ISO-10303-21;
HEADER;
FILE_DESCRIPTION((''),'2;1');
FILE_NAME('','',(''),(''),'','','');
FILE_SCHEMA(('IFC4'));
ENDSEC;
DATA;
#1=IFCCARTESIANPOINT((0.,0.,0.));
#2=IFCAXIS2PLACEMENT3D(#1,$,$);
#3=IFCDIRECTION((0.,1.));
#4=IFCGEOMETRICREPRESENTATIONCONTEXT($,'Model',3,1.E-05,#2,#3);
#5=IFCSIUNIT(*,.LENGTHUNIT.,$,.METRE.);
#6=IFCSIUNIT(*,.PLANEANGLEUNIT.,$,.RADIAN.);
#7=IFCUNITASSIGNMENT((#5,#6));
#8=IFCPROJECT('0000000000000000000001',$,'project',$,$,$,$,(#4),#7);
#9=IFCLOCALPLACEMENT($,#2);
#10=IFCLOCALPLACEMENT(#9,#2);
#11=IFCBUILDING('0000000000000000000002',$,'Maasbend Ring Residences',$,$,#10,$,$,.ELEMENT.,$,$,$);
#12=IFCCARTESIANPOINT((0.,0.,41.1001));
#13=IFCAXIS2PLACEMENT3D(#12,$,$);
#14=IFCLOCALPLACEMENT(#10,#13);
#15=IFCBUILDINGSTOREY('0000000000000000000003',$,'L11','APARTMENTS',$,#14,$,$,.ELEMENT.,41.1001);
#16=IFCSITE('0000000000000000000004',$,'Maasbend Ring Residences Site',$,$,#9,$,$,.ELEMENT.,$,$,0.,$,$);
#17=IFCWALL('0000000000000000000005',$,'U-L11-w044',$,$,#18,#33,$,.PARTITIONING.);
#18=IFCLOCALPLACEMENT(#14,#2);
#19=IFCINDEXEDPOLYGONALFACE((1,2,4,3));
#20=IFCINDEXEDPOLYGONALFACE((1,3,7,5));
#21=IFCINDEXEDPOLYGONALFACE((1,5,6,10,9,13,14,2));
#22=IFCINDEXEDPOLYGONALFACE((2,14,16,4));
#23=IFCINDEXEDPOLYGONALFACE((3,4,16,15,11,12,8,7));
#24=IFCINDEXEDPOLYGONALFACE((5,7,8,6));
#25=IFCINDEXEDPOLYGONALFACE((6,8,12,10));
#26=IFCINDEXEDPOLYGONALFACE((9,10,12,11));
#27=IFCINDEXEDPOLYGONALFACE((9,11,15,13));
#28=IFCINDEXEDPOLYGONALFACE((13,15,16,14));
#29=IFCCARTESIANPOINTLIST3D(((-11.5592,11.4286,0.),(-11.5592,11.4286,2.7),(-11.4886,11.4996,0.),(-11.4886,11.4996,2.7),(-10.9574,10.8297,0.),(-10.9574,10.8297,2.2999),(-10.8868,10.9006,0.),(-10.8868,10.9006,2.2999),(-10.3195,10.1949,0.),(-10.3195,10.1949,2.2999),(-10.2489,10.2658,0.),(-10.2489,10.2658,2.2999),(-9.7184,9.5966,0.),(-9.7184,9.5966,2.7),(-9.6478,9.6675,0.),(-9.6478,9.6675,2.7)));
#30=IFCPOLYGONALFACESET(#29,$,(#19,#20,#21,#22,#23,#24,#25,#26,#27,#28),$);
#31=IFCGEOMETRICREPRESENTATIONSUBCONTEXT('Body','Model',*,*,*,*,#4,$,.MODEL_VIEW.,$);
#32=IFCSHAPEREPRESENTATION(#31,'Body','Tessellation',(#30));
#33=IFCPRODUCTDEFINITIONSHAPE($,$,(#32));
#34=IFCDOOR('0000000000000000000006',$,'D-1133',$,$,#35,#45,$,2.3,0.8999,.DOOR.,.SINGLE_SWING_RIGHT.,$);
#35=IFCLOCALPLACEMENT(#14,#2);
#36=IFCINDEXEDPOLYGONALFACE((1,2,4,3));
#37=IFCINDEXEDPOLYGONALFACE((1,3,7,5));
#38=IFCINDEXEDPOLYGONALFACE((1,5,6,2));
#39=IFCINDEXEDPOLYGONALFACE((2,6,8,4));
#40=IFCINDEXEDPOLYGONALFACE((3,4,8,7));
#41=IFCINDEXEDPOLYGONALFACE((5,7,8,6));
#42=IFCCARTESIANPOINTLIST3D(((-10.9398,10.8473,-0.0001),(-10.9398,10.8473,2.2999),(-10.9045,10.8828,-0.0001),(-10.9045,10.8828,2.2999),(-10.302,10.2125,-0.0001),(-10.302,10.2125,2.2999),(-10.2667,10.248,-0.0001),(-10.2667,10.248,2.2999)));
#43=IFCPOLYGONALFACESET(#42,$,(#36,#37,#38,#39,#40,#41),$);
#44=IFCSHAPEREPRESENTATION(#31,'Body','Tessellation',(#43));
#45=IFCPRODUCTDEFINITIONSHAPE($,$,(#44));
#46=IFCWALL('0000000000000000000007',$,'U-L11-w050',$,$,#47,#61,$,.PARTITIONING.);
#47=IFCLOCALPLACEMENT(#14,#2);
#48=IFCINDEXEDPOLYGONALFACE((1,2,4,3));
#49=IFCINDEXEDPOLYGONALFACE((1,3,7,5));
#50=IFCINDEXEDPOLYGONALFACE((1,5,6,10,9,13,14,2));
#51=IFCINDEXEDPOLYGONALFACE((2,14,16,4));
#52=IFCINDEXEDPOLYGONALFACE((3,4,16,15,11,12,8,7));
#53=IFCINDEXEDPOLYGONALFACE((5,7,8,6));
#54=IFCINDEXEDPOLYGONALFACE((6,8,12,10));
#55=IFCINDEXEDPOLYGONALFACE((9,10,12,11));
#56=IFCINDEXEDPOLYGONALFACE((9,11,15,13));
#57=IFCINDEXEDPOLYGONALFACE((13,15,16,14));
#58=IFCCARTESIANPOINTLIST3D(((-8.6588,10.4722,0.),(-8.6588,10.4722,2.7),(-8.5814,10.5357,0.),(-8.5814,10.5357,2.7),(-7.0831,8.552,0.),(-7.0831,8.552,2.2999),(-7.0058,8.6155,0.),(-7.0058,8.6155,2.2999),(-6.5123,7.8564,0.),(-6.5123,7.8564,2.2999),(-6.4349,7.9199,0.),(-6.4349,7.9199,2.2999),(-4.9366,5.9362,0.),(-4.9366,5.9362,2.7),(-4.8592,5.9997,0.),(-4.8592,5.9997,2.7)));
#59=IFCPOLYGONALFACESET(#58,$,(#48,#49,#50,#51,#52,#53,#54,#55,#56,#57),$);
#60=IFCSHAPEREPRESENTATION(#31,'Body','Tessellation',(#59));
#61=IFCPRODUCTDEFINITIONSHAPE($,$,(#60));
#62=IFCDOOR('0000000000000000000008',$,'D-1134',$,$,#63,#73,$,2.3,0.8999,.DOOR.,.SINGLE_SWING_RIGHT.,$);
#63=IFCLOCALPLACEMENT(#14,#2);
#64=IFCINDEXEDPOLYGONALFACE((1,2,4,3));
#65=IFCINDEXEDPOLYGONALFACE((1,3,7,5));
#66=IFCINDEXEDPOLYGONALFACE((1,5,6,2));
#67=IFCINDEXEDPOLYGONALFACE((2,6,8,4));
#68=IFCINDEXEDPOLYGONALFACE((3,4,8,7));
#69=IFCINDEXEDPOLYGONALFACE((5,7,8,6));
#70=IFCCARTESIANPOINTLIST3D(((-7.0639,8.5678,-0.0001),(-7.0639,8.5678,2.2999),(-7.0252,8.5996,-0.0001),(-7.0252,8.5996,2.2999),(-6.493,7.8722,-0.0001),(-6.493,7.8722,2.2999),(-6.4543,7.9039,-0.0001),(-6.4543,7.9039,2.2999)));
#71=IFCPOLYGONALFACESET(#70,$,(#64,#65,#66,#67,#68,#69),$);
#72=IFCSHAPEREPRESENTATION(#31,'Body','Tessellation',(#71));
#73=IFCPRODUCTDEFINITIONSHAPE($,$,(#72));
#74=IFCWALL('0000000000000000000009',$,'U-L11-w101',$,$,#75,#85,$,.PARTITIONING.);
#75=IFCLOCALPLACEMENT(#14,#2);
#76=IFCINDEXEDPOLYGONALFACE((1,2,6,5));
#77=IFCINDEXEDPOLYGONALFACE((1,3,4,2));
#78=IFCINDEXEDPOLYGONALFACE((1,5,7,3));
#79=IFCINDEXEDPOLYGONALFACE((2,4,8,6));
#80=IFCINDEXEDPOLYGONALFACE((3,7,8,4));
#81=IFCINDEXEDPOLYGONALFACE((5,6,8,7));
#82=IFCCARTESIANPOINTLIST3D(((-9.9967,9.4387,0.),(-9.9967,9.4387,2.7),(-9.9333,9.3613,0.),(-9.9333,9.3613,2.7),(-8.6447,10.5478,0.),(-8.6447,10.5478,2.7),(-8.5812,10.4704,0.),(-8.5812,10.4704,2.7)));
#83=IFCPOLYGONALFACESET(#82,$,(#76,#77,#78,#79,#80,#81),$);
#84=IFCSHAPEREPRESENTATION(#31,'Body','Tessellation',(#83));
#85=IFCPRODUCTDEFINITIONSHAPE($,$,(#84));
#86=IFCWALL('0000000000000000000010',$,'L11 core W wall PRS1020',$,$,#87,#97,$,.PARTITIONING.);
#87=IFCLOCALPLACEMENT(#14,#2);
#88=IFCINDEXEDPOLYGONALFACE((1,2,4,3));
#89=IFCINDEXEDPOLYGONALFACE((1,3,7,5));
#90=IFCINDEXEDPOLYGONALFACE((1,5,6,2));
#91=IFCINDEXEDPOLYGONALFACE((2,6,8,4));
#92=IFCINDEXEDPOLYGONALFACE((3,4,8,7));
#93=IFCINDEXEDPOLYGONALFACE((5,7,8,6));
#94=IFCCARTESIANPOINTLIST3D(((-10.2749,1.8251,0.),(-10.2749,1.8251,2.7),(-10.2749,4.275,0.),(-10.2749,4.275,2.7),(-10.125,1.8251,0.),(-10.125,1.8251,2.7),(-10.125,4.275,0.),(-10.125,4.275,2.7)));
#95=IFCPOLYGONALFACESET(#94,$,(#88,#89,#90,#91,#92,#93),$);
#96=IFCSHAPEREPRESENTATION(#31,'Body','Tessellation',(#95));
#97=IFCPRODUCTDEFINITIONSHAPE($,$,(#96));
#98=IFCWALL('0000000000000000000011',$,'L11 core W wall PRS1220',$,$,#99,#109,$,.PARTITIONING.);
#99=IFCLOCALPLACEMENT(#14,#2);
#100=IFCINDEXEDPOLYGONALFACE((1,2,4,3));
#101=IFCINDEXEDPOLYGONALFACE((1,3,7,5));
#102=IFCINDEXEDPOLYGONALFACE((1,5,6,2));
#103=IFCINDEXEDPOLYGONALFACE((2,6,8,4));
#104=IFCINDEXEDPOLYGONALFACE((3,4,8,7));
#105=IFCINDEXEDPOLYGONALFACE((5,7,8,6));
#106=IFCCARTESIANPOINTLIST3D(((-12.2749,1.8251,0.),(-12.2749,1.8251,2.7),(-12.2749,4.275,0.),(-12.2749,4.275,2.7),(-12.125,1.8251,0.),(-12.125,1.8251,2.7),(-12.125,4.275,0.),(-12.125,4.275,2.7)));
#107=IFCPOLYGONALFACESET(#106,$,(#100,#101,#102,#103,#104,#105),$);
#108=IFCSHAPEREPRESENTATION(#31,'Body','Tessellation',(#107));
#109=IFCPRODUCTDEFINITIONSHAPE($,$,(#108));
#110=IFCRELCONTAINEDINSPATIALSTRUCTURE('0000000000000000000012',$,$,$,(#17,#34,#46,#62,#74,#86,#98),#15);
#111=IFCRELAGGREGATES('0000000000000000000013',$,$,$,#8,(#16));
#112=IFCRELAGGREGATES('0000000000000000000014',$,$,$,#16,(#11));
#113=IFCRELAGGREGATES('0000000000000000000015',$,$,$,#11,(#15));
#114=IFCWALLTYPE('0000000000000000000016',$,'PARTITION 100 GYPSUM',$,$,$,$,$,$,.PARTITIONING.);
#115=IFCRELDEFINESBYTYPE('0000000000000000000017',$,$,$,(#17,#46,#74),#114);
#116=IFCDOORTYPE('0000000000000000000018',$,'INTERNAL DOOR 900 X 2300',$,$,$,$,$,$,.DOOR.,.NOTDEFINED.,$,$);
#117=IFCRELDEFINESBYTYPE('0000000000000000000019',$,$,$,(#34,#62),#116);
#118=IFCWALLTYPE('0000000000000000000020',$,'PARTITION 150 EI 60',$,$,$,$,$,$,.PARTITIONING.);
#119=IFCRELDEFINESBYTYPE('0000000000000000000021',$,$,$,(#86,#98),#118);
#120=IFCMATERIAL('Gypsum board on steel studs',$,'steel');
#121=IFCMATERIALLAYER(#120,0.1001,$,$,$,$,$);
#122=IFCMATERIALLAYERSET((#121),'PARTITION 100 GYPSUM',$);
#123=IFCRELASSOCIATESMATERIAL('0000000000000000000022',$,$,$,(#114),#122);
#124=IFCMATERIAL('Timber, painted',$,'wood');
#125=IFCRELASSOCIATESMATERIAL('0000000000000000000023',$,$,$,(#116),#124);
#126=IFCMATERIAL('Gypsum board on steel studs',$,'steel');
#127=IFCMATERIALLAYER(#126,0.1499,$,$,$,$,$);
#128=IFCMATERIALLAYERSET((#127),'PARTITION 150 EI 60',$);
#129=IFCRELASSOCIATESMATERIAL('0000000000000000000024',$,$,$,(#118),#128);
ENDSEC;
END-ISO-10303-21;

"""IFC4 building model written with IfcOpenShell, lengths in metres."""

from ifc_helpers import new_model, si_unit, direction, frame, frame_2d, origin, place, context, subcontext, project, spatial, rectangle, extrude, material, layer, layer_set, type_object, element, fill, save


model = new_model("IFC4")

# Units and contexts
model_context = context("Model", 3, precision=1e-05, world=origin(), true_north=direction((0.0, 1.0)))
body_context = subcontext(model_context, "Body", "Model", "MODEL_VIEW")
ifc_project = project(units=[si_unit("LENGTHUNIT", "METRE"), si_unit("PLANEANGLEUNIT", "RADIAN")], contexts=[model_context])

# Site, building, storey
site_placement = place(None, origin())
site = spatial("IfcSite", under=ifc_project, at=site_placement, Name="Maasbend Ring Residences Site", CompositionType="ELEMENT", RefElevation=0.0)
building_placement = place(site_placement, origin())
building = spatial("IfcBuilding", under=site, at=building_placement, Name="Maasbend Ring Residences", CompositionType="ELEMENT")
storey_placement = place(building_placement, frame((0.0, 0.0, 41.1001)))
storey = spatial("IfcBuildingStorey", under=building, at=storey_placement, Name="L11", Description="APARTMENTS", CompositionType="ELEMENT", Elevation=41.1001)

# Walls, openings, doors
ifc_material_1 = material(Name="Gypsum board on steel studs", Category="steel")
ifc_layer_1 = layer(ifc_material_1, 0.1001)
ifc_layer_set_1 = layer_set([ifc_layer_1], Name="PARTITION 100 GYPSUM")
wall_type_1 = type_object("IfcWallType", Name="PARTITION 100 GYPSUM", PredefinedType="PARTITIONING", material=ifc_layer_set_1)
wall_1_placement = place(storey_placement, frame((-11.5239, 11.4641, 0.0), z_axis=(0.0, 0.0, 1.0), x_axis=(0.708797, -0.705413, 0.0)))
wall_1 = element("IfcWall", 1, at=wall_1_placement, inside=storey, type_object=wall_type_1, Name="U-L11-w044", PredefinedType="PARTITIONING", context=body_context, shape_type="SweptSolid", body=[
    extrude(rectangle(XDim=2.5972, YDim=0.1001, at=frame_2d((1.2986, 0.0))), origin(), (0.0, 0.0, 1.0), 2.7),
])
opening_1_placement = place(wall_1_placement, frame((0.8491, 0.0, 0.0)))
opening_1 = element("IfcOpeningElement", 2, at=opening_1_placement, cuts=wall_1, PredefinedType="OPENING", context=body_context, shape_type="SweptSolid", body=[
    extrude(rectangle(XDim=0.8999, YDim=2.3, at=frame_2d((0.45, 1.1499))), frame((0.0, 0.0601, 0.0), z_axis=(0.0, -1.0, 0.0), x_axis=(1.0, 0.0, 0.0)), (0.0, 0.0, 1.0), 0.1201),
])
ifc_material_2 = material(Name="Timber, painted", Category="wood")
door_type_1 = type_object("IfcDoorType", Name="INTERNAL DOOR 900 X 2300", OperationType="NOTDEFINED", PredefinedType="DOOR", material=ifc_material_2)
door_1_placement = place(opening_1_placement, origin())
door_1 = element("IfcDoor", 3, at=door_1_placement, inside=storey, type_object=door_type_1, Name="D-1133", OperationType="SINGLE_SWING_RIGHT", OverallHeight=2.3, OverallWidth=0.8999, PredefinedType="DOOR", context=body_context, shape_type="SweptSolid", body=[
    extrude(rectangle(XDim=0.8999, YDim=2.3, at=frame_2d((0.45, 1.1499))), frame((0.0, 0.0249, 0.0), z_axis=(0.0, -1.0, 0.0), x_axis=(1.0, 0.0, 0.0)), (0.0, 0.0, 1.0), 0.05),
])
fill(opening_1, door_1)
wall_2_placement = place(storey_placement, frame((-8.6201, 10.5039, 0.0), z_axis=(0.0, 0.0, 1.0), x_axis=(0.634359, -0.773039, 0.0)))
wall_2 = element("IfcWall", 4, at=wall_2_placement, inside=storey, type_object=wall_type_1, Name="U-L11-w050", PredefinedType="PARTITIONING", context=body_context, shape_type="SweptSolid", body=[
    extrude(rectangle(XDim=5.8677, YDim=0.1001, at=frame_2d((2.9338, 0.0))), origin(), (0.0, 0.0, 1.0), 2.7),
])
opening_2_placement = place(wall_2_placement, frame((2.4839, 0.0, 0.0)))
opening_2 = element("IfcOpeningElement", 5, at=opening_2_placement, cuts=wall_2, PredefinedType="OPENING", context=body_context, shape_type="SweptSolid", body=[
    extrude(rectangle(XDim=0.8999, YDim=2.3, at=frame_2d((0.45, 1.1499))), frame((0.0, 0.0601, 0.0), z_axis=(0.0, -1.0, 0.0), x_axis=(1.0, 0.0, 0.0)), (0.0, 0.0, 1.0), 0.1201),
])
door_2_placement = place(opening_2_placement, origin())
door_2 = element("IfcDoor", 6, at=door_2_placement, inside=storey, type_object=door_type_1, Name="D-1134", OperationType="SINGLE_SWING_RIGHT", OverallHeight=2.3, OverallWidth=0.8999, PredefinedType="DOOR", context=body_context, shape_type="SweptSolid", body=[
    extrude(rectangle(XDim=0.8999, YDim=2.3, at=frame_2d((0.45, 1.1499))), frame((0.0, 0.0249, 0.0), z_axis=(0.0, -1.0, 0.0), x_axis=(1.0, 0.0, 0.0)), (0.0, 0.0, 1.0), 0.05),
])
fill(opening_2, door_2)

# Walls
wall_3_placement = place(storey_placement, frame((-9.9651, 9.3999, 0.0), z_axis=(0.0, 0.0, 1.0), x_axis=(0.773142, 0.634233, 0.0)))
element("IfcWall", 7, at=wall_3_placement, inside=storey, type_object=wall_type_1, Name="U-L11-w101", PredefinedType="PARTITIONING", context=body_context, shape_type="SweptSolid", body=[
    extrude(rectangle(XDim=1.7488, YDim=0.1001, at=frame_2d((0.8745, 0.0))), origin(), (0.0, 0.0, 1.0), 2.7),
])
ifc_material_3 = material(Name="Gypsum board on steel studs", Category="steel")
ifc_layer_2 = layer(ifc_material_3, 0.1499)
ifc_layer_set_2 = layer_set([ifc_layer_2], Name="PARTITION 150 EI 60")
wall_type_2 = type_object("IfcWallType", Name="PARTITION 150 EI 60", PredefinedType="PARTITIONING", material=ifc_layer_set_2)
for number, where, z_axis, x_axis, name in (
    (8, (-10.2, 1.825, 0.0), (0.0, 0.0, 1.0), (0.0, 1.0, 0.0), "L11 core W wall PRS1020"),
    (9, (-12.2, 1.825, 0.0), (0.0, 0.0, 1.0), (0.0, 1.0, 0.0), "L11 core W wall PRS1220"),
):
    element("IfcWall", number, at=place(storey_placement, frame(where, z_axis=z_axis, x_axis=x_axis)), inside=storey, type_object=wall_type_2, Name=name, PredefinedType="PARTITIONING", context=body_context, shape_type="SweptSolid", body=[
        extrude(rectangle(XDim=2.45, YDim=0.1499, at=frame_2d((1.2251, 0.0))), origin(), (0.0, 0.0, 1.0), 2.7),
    ])

save(model, "model.ifc")
